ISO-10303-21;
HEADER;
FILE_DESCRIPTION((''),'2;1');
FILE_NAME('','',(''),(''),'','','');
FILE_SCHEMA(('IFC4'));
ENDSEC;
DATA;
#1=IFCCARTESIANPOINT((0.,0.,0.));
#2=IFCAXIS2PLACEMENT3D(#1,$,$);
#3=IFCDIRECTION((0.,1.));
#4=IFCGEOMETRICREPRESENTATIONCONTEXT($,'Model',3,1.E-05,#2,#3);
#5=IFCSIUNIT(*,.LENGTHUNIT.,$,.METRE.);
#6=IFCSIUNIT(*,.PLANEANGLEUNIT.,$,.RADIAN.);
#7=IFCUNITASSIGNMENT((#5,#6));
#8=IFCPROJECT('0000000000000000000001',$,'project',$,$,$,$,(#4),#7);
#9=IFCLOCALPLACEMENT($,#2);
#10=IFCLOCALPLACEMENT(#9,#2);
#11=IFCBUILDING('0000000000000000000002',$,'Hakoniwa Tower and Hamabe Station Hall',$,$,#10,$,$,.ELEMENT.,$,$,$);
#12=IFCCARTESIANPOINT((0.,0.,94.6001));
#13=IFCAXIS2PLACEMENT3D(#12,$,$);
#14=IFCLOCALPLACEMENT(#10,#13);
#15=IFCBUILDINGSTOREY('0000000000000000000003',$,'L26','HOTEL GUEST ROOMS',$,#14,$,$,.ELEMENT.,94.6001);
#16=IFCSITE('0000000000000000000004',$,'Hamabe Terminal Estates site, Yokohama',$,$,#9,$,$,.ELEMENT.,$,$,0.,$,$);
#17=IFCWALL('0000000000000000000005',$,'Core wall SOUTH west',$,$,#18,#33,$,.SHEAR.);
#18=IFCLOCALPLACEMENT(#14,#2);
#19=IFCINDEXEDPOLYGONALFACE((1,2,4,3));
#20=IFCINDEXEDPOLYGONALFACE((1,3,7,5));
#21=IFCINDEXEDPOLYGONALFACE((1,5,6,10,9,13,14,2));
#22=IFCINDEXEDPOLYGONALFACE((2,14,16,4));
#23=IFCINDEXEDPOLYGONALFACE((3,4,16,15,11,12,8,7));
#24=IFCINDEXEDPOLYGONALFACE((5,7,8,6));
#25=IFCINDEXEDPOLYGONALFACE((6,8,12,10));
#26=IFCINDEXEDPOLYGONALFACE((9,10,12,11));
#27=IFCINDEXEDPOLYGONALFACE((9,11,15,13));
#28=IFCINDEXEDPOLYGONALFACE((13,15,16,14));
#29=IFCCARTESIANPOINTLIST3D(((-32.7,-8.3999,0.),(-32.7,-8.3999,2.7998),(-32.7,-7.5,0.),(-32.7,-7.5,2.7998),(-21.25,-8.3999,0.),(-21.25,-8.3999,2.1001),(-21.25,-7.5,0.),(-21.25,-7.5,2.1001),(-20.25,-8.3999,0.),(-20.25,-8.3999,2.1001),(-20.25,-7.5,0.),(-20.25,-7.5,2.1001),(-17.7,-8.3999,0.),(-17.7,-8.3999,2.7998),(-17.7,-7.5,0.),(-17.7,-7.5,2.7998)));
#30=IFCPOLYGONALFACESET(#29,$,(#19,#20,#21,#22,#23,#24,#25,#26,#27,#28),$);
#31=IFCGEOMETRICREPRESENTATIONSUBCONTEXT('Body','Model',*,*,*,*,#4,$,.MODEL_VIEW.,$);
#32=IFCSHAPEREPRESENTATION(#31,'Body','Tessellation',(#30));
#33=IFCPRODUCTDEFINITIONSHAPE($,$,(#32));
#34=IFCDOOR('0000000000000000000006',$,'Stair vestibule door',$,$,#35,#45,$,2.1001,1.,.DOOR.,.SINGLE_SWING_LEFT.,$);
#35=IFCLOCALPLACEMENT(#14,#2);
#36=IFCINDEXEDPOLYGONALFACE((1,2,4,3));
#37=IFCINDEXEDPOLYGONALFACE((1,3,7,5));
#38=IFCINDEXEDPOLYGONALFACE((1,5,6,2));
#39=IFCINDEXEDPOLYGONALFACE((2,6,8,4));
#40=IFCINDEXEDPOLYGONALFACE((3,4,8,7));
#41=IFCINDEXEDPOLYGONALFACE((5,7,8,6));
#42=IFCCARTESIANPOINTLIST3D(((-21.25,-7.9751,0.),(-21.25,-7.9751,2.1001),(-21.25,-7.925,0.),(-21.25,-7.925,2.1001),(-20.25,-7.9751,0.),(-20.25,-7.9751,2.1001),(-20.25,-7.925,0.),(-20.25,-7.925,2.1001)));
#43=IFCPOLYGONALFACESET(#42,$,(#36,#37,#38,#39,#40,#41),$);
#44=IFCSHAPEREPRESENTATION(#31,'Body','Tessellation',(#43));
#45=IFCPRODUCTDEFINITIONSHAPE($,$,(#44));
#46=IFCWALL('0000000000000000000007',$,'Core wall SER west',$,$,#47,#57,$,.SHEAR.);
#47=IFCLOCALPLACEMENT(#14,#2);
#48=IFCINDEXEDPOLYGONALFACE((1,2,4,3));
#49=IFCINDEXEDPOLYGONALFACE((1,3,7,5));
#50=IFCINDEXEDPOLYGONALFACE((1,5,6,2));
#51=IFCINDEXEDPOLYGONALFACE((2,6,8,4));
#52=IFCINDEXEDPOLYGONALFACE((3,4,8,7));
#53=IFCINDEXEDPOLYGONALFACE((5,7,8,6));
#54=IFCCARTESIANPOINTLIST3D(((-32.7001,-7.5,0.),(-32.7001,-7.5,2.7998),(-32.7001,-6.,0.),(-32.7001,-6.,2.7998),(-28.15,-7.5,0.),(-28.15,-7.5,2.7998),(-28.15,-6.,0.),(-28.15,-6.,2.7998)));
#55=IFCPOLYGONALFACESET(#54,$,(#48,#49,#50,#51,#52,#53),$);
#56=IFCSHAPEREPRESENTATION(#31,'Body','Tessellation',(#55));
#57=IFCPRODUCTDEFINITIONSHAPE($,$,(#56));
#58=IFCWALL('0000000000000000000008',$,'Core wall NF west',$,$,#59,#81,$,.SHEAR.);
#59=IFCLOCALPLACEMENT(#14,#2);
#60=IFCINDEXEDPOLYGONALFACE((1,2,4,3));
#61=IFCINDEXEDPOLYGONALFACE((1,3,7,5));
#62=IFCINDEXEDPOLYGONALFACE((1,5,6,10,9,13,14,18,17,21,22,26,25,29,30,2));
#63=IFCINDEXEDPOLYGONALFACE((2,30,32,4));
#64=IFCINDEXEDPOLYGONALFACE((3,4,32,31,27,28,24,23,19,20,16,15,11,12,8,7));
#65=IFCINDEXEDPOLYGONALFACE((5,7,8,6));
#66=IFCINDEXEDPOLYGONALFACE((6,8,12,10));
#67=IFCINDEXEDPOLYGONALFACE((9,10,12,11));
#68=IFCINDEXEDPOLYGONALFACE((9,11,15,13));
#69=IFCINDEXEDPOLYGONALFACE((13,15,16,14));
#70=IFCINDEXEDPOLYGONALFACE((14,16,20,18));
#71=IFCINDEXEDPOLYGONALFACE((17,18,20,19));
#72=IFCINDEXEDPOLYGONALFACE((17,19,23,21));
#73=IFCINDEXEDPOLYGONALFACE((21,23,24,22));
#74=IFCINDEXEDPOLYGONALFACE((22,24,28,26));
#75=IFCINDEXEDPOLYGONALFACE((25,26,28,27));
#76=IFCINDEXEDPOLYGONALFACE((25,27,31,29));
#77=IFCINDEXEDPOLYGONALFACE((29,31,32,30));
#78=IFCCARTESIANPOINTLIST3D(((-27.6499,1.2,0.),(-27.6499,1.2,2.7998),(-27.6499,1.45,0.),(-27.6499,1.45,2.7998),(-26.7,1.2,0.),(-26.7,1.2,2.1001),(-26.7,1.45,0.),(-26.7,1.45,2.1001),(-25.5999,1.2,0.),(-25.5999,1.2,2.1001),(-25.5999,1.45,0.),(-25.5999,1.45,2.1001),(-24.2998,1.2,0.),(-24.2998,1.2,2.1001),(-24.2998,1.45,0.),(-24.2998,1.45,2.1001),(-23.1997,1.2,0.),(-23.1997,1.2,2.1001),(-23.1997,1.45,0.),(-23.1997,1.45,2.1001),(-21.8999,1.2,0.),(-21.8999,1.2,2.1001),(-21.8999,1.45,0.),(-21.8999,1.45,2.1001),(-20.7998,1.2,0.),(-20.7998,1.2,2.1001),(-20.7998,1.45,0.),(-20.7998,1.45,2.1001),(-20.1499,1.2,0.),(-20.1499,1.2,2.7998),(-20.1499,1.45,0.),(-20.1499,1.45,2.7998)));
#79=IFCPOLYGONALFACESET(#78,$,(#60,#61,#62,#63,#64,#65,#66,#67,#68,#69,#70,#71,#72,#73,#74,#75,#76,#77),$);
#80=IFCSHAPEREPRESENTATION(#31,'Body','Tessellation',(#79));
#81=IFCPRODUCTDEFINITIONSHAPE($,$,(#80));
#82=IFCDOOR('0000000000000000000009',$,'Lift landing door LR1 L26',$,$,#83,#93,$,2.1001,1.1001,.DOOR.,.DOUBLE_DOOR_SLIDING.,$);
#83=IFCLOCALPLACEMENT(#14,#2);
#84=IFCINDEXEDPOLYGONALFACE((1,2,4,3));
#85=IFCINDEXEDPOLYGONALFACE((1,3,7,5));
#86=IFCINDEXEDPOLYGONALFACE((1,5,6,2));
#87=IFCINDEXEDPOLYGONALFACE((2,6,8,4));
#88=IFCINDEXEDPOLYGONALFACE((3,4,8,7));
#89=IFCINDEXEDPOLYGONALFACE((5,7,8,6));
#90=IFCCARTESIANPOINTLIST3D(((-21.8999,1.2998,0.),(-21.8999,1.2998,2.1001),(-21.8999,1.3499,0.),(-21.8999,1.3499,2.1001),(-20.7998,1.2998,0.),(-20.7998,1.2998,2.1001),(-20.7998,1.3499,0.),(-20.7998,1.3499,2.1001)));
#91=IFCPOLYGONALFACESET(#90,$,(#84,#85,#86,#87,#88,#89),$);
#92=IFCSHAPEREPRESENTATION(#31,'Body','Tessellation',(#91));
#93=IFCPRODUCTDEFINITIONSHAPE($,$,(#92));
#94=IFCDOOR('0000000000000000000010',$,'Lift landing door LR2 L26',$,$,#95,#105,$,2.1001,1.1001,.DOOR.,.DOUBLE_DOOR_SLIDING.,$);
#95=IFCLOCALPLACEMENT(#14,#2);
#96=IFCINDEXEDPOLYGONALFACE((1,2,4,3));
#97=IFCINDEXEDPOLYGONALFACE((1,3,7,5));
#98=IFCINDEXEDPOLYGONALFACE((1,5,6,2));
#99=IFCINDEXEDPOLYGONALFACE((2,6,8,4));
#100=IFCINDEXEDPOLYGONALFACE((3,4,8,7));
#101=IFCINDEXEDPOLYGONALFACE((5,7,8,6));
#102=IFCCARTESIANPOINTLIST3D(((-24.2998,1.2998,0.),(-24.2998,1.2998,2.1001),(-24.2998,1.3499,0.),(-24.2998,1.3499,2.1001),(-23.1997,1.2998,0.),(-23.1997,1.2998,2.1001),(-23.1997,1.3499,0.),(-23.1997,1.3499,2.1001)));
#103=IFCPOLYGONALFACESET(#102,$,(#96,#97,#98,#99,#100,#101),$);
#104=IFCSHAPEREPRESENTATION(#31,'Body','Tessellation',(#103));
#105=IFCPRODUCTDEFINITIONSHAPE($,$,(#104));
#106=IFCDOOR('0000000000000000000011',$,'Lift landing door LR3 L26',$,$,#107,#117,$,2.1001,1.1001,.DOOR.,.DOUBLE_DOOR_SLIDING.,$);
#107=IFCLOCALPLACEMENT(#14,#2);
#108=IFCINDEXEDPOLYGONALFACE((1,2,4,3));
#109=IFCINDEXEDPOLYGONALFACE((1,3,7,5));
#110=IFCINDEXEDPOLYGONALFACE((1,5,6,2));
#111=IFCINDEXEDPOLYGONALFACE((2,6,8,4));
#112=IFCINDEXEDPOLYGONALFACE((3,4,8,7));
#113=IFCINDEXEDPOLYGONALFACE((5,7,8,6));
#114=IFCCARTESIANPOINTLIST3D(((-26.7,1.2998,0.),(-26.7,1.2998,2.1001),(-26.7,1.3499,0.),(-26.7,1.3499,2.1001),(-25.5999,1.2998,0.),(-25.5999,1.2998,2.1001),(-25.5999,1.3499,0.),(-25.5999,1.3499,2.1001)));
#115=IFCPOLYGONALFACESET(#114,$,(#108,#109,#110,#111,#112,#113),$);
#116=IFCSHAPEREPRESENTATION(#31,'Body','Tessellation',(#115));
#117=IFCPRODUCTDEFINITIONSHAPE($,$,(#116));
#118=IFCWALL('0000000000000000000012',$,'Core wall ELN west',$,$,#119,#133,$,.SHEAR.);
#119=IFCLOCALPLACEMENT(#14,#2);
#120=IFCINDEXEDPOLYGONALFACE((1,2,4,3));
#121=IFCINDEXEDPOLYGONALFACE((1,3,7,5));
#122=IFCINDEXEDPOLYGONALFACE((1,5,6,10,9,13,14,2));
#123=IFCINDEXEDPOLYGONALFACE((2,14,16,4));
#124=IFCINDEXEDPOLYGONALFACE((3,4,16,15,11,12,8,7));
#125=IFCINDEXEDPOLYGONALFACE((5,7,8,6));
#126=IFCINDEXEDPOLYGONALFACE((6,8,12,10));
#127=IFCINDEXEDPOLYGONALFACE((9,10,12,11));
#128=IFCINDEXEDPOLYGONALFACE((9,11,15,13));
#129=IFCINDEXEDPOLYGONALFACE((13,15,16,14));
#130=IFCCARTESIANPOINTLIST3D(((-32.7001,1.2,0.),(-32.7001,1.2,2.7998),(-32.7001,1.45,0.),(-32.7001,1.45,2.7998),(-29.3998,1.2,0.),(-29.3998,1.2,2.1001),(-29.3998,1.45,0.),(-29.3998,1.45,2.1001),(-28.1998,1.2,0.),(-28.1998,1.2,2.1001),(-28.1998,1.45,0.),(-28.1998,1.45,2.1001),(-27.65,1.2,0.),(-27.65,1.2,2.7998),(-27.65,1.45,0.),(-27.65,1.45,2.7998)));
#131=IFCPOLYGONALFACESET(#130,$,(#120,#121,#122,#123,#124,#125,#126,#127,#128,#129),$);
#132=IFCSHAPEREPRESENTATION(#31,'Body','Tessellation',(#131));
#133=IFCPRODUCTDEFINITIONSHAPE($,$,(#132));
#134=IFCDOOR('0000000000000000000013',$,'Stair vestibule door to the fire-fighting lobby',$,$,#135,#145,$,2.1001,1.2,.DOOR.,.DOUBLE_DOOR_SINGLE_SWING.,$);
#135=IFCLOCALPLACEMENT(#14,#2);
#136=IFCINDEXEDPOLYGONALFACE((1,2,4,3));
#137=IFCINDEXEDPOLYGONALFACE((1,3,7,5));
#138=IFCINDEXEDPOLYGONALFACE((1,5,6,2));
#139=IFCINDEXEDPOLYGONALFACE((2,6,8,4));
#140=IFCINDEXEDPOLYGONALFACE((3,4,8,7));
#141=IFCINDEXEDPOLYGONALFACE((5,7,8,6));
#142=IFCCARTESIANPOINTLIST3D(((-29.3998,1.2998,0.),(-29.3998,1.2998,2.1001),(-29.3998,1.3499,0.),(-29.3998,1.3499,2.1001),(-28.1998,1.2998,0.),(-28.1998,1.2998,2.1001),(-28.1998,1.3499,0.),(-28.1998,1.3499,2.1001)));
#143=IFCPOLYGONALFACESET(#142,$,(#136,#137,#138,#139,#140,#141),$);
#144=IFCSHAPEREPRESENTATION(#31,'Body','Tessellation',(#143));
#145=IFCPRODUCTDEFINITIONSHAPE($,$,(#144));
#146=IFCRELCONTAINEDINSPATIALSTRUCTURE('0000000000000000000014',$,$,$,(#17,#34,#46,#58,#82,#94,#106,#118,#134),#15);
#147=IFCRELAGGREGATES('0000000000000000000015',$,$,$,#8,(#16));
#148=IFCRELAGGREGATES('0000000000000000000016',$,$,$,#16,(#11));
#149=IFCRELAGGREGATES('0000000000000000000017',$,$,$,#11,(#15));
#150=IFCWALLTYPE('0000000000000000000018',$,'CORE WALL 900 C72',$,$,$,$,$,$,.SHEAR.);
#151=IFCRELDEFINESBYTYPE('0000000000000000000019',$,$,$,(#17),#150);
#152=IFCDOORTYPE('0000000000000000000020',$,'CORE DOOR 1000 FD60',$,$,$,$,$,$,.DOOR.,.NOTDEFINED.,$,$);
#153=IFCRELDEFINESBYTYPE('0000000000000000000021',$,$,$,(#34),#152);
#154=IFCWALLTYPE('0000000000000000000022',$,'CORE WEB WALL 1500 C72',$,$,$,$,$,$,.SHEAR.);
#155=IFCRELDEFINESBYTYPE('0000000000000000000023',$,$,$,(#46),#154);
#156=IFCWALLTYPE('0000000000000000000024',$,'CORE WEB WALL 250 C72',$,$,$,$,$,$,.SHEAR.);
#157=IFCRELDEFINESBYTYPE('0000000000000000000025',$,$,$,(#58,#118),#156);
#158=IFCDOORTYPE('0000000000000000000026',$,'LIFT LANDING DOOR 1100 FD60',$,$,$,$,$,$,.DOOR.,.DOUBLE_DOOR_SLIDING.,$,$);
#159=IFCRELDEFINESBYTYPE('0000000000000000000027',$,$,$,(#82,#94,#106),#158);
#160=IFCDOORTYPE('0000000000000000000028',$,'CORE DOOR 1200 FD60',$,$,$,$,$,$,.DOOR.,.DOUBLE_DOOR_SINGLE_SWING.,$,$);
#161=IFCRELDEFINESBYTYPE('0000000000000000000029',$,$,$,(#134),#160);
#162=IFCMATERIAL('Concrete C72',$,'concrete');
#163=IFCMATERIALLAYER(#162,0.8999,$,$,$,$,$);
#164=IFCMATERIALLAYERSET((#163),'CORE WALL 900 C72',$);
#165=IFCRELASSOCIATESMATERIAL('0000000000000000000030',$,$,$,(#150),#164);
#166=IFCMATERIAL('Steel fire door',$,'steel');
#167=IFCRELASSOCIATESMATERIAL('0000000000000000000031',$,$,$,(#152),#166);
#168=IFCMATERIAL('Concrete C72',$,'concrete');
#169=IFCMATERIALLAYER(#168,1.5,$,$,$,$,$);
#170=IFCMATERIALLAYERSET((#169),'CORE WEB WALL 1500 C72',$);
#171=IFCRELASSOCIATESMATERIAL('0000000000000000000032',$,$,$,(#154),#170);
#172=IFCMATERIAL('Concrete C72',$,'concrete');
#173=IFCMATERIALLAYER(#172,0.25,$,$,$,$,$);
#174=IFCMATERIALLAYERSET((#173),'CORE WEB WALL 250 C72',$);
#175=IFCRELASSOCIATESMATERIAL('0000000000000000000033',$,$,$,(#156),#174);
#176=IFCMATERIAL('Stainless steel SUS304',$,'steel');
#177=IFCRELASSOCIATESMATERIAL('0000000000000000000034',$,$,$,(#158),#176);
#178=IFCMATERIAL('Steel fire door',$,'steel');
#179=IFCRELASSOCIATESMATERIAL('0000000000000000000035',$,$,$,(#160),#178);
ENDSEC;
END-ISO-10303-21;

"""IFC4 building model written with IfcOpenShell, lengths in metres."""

from ifc_helpers import new_model, si_unit, direction, frame, frame_2d, origin, place, context, subcontext, project, spatial, rectangle, extrude, material, layer, layer_set, type_object, element, fill, save


model = new_model("IFC4")

# Units and contexts
model_context = context("Model", 3, precision=1e-05, world=origin(), true_north=direction((0.0, 1.0)))
body_context = subcontext(model_context, "Body", "Model", "MODEL_VIEW")
ifc_project = project(units=[si_unit("LENGTHUNIT", "METRE"), si_unit("PLANEANGLEUNIT", "RADIAN")], contexts=[model_context])

# Site, building, storey
site_placement = place(None, origin())
site = spatial("IfcSite", under=ifc_project, at=site_placement, Name="Hamabe Terminal Estates site, Yokohama", CompositionType="ELEMENT", RefElevation=0.0)
building_placement = place(site_placement, origin())
building = spatial("IfcBuilding", under=site, at=building_placement, Name="Hakoniwa Tower and Hamabe Station Hall", CompositionType="ELEMENT")
storey_placement = place(building_placement, frame((0.0, 0.0, 94.6001)))
storey = spatial("IfcBuildingStorey", under=building, at=storey_placement, Name="L26", Description="HOTEL GUEST ROOMS", CompositionType="ELEMENT", Elevation=94.6001)

# Shared definitions
ifc_material_1 = material(Name="Concrete C72", Category="concrete")
ifc_layer_1 = layer(ifc_material_1, 0.8999)
ifc_layer_set_1 = layer_set([ifc_layer_1], Name="CORE WALL 900 C72")
wall_type_1 = type_object("IfcWallType", Name="CORE WALL 900 C72", PredefinedType="SHEAR", material=ifc_layer_set_1)

# Wall, opening, door
wall_1_placement = place(storey_placement, frame((-32.7, -7.95, 0.0), z_axis=(0.0, 0.0, 1.0), x_axis=(1.0, 0.0, 0.0)))
wall_1 = element("IfcWall", 1, at=wall_1_placement, inside=storey, type_object=wall_type_1, Name="Core wall SOUTH west", PredefinedType="SHEAR", context=body_context, shape_type="SweptSolid", body=[
    extrude(rectangle(XDim=15.0, YDim=0.8999, at=frame_2d((7.5, 0.0))), origin(), (0.0, 0.0, 1.0), 2.7998),
])
opening_1_placement = place(wall_1_placement, frame((11.45, 0.0, 0.0)))
opening_1 = element("IfcOpeningElement", 2, at=opening_1_placement, cuts=wall_1, PredefinedType="OPENING", context=body_context, shape_type="SweptSolid", body=[
    extrude(rectangle(XDim=1.0, YDim=2.1001, at=frame_2d((0.5, 1.05))), frame((0.0, 0.46, 0.0), z_axis=(0.0, -1.0, 0.0), x_axis=(1.0, 0.0, 0.0)), (0.0, 0.0, 1.0), 0.9199),
])
ifc_material_2 = material(Name="Steel fire door", Category="steel")
door_type_1 = type_object("IfcDoorType", Name="CORE DOOR 1000 FD60", OperationType="NOTDEFINED", PredefinedType="DOOR", material=ifc_material_2)
door_1_placement = place(opening_1_placement, origin())
door_1 = element("IfcDoor", 3, at=door_1_placement, inside=storey, type_object=door_type_1, Name="Stair vestibule door", OperationType="SINGLE_SWING_LEFT", OverallHeight=2.1001, OverallWidth=1.0, PredefinedType="DOOR", context=body_context, shape_type="SweptSolid", body=[
    extrude(rectangle(XDim=1.0, YDim=2.1001, at=frame_2d((0.5, 1.05))), frame((0.0, 0.0249, 0.0), z_axis=(0.0, -1.0, 0.0), x_axis=(1.0, 0.0, 0.0)), (0.0, 0.0, 1.0), 0.05),
])
fill(opening_1, door_1)

# Wall
ifc_material_3 = material(Name="Concrete C72", Category="concrete")
ifc_layer_2 = layer(ifc_material_3, 1.5)
ifc_layer_set_2 = layer_set([ifc_layer_2], Name="CORE WEB WALL 1500 C72")
wall_type_2 = type_object("IfcWallType", Name="CORE WEB WALL 1500 C72", PredefinedType="SHEAR", material=ifc_layer_set_2)
wall_2_placement = place(storey_placement, frame((-32.7, -6.75, 0.0), z_axis=(0.0, 0.0, 1.0), x_axis=(1.0, 0.0, 0.0)))
element("IfcWall", 4, at=wall_2_placement, inside=storey, type_object=wall_type_2, Name="Core wall SER west", PredefinedType="SHEAR", context=body_context, shape_type="SweptSolid", body=[
    extrude(rectangle(XDim=4.55, YDim=1.5, at=frame_2d((2.2749, 0.0))), origin(), (0.0, 0.0, 1.0), 2.7998),
])

# Wall, openings, doors
ifc_material_4 = material(Name="Concrete C72", Category="concrete")
ifc_layer_3 = layer(ifc_material_4, 0.25)
ifc_layer_set_3 = layer_set([ifc_layer_3], Name="CORE WEB WALL 250 C72")
wall_type_3 = type_object("IfcWallType", Name="CORE WEB WALL 250 C72", PredefinedType="SHEAR", material=ifc_layer_set_3)
wall_3_placement = place(storey_placement, frame((-27.6499, 1.325, 0.0), z_axis=(0.0, 0.0, 1.0), x_axis=(1.0, 0.0, 0.0)))
wall_3 = element("IfcWall", 5, at=wall_3_placement, inside=storey, type_object=wall_type_3, Name="Core wall NF west", PredefinedType="SHEAR", context=body_context, shape_type="SweptSolid", body=[
    extrude(rectangle(XDim=7.5, YDim=0.25, at=frame_2d((3.75, 0.0))), origin(), (0.0, 0.0, 1.0), 2.7998),
])
opening_2_placement = place(wall_3_placement, frame((5.75, 0.0, 0.0)))
opening_2 = element("IfcOpeningElement", 6, at=opening_2_placement, cuts=wall_3, PredefinedType="OPENING", context=body_context, shape_type="SweptSolid", body=[
    extrude(rectangle(XDim=1.1001, YDim=2.1001, at=frame_2d((0.55, 1.05))), frame((0.0, 0.135, 0.0), z_axis=(0.0, -1.0, 0.0), x_axis=(1.0, 0.0, 0.0)), (0.0, 0.0, 1.0), 0.27),
])
opening_3_placement = place(wall_3_placement, frame((3.3501, 0.0, 0.0)))
opening_3 = element("IfcOpeningElement", 7, at=opening_3_placement, cuts=wall_3, PredefinedType="OPENING", context=body_context, shape_type="SweptSolid", body=[
    extrude(rectangle(XDim=1.1001, YDim=2.1001, at=frame_2d((0.55, 1.05))), frame((0.0, 0.135, 0.0), z_axis=(0.0, -1.0, 0.0), x_axis=(1.0, 0.0, 0.0)), (0.0, 0.0, 1.0), 0.27),
])
opening_4_placement = place(wall_3_placement, frame((0.95, 0.0, 0.0)))
opening_4 = element("IfcOpeningElement", 8, at=opening_4_placement, cuts=wall_3, PredefinedType="OPENING", context=body_context, shape_type="SweptSolid", body=[
    extrude(rectangle(XDim=1.1001, YDim=2.1001, at=frame_2d((0.55, 1.05))), frame((0.0, 0.135, 0.0), z_axis=(0.0, -1.0, 0.0), x_axis=(1.0, 0.0, 0.0)), (0.0, 0.0, 1.0), 0.27),
])
ifc_material_5 = material(Name="Stainless steel SUS304", Category="steel")
door_type_2 = type_object("IfcDoorType", Name="LIFT LANDING DOOR 1100 FD60", OperationType="DOUBLE_DOOR_SLIDING", PredefinedType="DOOR", material=ifc_material_5)
door_2_placement = place(opening_2_placement, origin())
door_2 = element("IfcDoor", 9, at=door_2_placement, inside=storey, type_object=door_type_2, Name="Lift landing door LR1 L26", OperationType="DOUBLE_DOOR_SLIDING", OverallHeight=2.1001, OverallWidth=1.1001, PredefinedType="DOOR", context=body_context, shape_type="SweptSolid", body=[
    extrude(rectangle(XDim=1.1001, YDim=2.1001, at=frame_2d((0.55, 1.05))), frame((0.0, 0.0249, 0.0), z_axis=(0.0, -1.0, 0.0), x_axis=(1.0, 0.0, 0.0)), (0.0, 0.0, 1.0), 0.05),
])
fill(opening_2, door_2)
door_3_placement = place(opening_3_placement, origin())
door_3 = element("IfcDoor", 10, at=door_3_placement, inside=storey, type_object=door_type_2, Name="Lift landing door LR2 L26", OperationType="DOUBLE_DOOR_SLIDING", OverallHeight=2.1001, OverallWidth=1.1001, PredefinedType="DOOR", context=body_context, shape_type="SweptSolid", body=[
    extrude(rectangle(XDim=1.1001, YDim=2.1001, at=frame_2d((0.55, 1.05))), frame((0.0, 0.0249, 0.0), z_axis=(0.0, -1.0, 0.0), x_axis=(1.0, 0.0, 0.0)), (0.0, 0.0, 1.0), 0.05),
])
fill(opening_3, door_3)
door_4_placement = place(opening_4_placement, origin())
door_4 = element("IfcDoor", 11, at=door_4_placement, inside=storey, type_object=door_type_2, Name="Lift landing door LR3 L26", OperationType="DOUBLE_DOOR_SLIDING", OverallHeight=2.1001, OverallWidth=1.1001, PredefinedType="DOOR", context=body_context, shape_type="SweptSolid", body=[
    extrude(rectangle(XDim=1.1001, YDim=2.1001, at=frame_2d((0.55, 1.05))), frame((0.0, 0.0249, 0.0), z_axis=(0.0, -1.0, 0.0), x_axis=(1.0, 0.0, 0.0)), (0.0, 0.0, 1.0), 0.05),
])
fill(opening_4, door_4)

# Wall, opening, door
wall_4_placement = place(storey_placement, frame((-32.7, 1.325, 0.0), z_axis=(0.0, 0.0, 1.0), x_axis=(1.0, 0.0, 0.0)))
wall_4 = element("IfcWall", 12, at=wall_4_placement, inside=storey, type_object=wall_type_3, Name="Core wall ELN west", PredefinedType="SHEAR", context=body_context, shape_type="SweptSolid", body=[
    extrude(rectangle(XDim=5.05, YDim=0.25, at=frame_2d((2.5249, 0.0))), origin(), (0.0, 0.0, 1.0), 2.7998),
])
opening_5_placement = place(wall_4_placement, frame((3.3, 0.0, 0.0)))
opening_5 = element("IfcOpeningElement", 13, at=opening_5_placement, cuts=wall_4, PredefinedType="OPENING", context=body_context, shape_type="SweptSolid", body=[
    extrude(rectangle(XDim=1.2, YDim=2.1001, at=frame_2d((0.6001, 1.05))), frame((0.0, 0.135, 0.0), z_axis=(0.0, -1.0, 0.0), x_axis=(1.0, 0.0, 0.0)), (0.0, 0.0, 1.0), 0.27),
])
ifc_material_6 = material(Name="Steel fire door", Category="steel")
door_type_3 = type_object("IfcDoorType", Name="CORE DOOR 1200 FD60", OperationType="DOUBLE_DOOR_SINGLE_SWING", PredefinedType="DOOR", material=ifc_material_6)
door_5_placement = place(opening_5_placement, origin())
door_5 = element("IfcDoor", 14, at=door_5_placement, inside=storey, type_object=door_type_3, Name="Stair vestibule door to the fire-fighting lobby", OperationType="DOUBLE_DOOR_SINGLE_SWING", OverallHeight=2.1001, OverallWidth=1.2, PredefinedType="DOOR", context=body_context, shape_type="SweptSolid", body=[
    extrude(rectangle(XDim=1.2, YDim=2.1001, at=frame_2d((0.6001, 1.05))), frame((0.0, 0.0249, 0.0), z_axis=(0.0, -1.0, 0.0), x_axis=(1.0, 0.0, 0.0)), (0.0, 0.0, 1.0), 0.05),
])
fill(opening_5, door_5)

save(model, "model.ifc")
